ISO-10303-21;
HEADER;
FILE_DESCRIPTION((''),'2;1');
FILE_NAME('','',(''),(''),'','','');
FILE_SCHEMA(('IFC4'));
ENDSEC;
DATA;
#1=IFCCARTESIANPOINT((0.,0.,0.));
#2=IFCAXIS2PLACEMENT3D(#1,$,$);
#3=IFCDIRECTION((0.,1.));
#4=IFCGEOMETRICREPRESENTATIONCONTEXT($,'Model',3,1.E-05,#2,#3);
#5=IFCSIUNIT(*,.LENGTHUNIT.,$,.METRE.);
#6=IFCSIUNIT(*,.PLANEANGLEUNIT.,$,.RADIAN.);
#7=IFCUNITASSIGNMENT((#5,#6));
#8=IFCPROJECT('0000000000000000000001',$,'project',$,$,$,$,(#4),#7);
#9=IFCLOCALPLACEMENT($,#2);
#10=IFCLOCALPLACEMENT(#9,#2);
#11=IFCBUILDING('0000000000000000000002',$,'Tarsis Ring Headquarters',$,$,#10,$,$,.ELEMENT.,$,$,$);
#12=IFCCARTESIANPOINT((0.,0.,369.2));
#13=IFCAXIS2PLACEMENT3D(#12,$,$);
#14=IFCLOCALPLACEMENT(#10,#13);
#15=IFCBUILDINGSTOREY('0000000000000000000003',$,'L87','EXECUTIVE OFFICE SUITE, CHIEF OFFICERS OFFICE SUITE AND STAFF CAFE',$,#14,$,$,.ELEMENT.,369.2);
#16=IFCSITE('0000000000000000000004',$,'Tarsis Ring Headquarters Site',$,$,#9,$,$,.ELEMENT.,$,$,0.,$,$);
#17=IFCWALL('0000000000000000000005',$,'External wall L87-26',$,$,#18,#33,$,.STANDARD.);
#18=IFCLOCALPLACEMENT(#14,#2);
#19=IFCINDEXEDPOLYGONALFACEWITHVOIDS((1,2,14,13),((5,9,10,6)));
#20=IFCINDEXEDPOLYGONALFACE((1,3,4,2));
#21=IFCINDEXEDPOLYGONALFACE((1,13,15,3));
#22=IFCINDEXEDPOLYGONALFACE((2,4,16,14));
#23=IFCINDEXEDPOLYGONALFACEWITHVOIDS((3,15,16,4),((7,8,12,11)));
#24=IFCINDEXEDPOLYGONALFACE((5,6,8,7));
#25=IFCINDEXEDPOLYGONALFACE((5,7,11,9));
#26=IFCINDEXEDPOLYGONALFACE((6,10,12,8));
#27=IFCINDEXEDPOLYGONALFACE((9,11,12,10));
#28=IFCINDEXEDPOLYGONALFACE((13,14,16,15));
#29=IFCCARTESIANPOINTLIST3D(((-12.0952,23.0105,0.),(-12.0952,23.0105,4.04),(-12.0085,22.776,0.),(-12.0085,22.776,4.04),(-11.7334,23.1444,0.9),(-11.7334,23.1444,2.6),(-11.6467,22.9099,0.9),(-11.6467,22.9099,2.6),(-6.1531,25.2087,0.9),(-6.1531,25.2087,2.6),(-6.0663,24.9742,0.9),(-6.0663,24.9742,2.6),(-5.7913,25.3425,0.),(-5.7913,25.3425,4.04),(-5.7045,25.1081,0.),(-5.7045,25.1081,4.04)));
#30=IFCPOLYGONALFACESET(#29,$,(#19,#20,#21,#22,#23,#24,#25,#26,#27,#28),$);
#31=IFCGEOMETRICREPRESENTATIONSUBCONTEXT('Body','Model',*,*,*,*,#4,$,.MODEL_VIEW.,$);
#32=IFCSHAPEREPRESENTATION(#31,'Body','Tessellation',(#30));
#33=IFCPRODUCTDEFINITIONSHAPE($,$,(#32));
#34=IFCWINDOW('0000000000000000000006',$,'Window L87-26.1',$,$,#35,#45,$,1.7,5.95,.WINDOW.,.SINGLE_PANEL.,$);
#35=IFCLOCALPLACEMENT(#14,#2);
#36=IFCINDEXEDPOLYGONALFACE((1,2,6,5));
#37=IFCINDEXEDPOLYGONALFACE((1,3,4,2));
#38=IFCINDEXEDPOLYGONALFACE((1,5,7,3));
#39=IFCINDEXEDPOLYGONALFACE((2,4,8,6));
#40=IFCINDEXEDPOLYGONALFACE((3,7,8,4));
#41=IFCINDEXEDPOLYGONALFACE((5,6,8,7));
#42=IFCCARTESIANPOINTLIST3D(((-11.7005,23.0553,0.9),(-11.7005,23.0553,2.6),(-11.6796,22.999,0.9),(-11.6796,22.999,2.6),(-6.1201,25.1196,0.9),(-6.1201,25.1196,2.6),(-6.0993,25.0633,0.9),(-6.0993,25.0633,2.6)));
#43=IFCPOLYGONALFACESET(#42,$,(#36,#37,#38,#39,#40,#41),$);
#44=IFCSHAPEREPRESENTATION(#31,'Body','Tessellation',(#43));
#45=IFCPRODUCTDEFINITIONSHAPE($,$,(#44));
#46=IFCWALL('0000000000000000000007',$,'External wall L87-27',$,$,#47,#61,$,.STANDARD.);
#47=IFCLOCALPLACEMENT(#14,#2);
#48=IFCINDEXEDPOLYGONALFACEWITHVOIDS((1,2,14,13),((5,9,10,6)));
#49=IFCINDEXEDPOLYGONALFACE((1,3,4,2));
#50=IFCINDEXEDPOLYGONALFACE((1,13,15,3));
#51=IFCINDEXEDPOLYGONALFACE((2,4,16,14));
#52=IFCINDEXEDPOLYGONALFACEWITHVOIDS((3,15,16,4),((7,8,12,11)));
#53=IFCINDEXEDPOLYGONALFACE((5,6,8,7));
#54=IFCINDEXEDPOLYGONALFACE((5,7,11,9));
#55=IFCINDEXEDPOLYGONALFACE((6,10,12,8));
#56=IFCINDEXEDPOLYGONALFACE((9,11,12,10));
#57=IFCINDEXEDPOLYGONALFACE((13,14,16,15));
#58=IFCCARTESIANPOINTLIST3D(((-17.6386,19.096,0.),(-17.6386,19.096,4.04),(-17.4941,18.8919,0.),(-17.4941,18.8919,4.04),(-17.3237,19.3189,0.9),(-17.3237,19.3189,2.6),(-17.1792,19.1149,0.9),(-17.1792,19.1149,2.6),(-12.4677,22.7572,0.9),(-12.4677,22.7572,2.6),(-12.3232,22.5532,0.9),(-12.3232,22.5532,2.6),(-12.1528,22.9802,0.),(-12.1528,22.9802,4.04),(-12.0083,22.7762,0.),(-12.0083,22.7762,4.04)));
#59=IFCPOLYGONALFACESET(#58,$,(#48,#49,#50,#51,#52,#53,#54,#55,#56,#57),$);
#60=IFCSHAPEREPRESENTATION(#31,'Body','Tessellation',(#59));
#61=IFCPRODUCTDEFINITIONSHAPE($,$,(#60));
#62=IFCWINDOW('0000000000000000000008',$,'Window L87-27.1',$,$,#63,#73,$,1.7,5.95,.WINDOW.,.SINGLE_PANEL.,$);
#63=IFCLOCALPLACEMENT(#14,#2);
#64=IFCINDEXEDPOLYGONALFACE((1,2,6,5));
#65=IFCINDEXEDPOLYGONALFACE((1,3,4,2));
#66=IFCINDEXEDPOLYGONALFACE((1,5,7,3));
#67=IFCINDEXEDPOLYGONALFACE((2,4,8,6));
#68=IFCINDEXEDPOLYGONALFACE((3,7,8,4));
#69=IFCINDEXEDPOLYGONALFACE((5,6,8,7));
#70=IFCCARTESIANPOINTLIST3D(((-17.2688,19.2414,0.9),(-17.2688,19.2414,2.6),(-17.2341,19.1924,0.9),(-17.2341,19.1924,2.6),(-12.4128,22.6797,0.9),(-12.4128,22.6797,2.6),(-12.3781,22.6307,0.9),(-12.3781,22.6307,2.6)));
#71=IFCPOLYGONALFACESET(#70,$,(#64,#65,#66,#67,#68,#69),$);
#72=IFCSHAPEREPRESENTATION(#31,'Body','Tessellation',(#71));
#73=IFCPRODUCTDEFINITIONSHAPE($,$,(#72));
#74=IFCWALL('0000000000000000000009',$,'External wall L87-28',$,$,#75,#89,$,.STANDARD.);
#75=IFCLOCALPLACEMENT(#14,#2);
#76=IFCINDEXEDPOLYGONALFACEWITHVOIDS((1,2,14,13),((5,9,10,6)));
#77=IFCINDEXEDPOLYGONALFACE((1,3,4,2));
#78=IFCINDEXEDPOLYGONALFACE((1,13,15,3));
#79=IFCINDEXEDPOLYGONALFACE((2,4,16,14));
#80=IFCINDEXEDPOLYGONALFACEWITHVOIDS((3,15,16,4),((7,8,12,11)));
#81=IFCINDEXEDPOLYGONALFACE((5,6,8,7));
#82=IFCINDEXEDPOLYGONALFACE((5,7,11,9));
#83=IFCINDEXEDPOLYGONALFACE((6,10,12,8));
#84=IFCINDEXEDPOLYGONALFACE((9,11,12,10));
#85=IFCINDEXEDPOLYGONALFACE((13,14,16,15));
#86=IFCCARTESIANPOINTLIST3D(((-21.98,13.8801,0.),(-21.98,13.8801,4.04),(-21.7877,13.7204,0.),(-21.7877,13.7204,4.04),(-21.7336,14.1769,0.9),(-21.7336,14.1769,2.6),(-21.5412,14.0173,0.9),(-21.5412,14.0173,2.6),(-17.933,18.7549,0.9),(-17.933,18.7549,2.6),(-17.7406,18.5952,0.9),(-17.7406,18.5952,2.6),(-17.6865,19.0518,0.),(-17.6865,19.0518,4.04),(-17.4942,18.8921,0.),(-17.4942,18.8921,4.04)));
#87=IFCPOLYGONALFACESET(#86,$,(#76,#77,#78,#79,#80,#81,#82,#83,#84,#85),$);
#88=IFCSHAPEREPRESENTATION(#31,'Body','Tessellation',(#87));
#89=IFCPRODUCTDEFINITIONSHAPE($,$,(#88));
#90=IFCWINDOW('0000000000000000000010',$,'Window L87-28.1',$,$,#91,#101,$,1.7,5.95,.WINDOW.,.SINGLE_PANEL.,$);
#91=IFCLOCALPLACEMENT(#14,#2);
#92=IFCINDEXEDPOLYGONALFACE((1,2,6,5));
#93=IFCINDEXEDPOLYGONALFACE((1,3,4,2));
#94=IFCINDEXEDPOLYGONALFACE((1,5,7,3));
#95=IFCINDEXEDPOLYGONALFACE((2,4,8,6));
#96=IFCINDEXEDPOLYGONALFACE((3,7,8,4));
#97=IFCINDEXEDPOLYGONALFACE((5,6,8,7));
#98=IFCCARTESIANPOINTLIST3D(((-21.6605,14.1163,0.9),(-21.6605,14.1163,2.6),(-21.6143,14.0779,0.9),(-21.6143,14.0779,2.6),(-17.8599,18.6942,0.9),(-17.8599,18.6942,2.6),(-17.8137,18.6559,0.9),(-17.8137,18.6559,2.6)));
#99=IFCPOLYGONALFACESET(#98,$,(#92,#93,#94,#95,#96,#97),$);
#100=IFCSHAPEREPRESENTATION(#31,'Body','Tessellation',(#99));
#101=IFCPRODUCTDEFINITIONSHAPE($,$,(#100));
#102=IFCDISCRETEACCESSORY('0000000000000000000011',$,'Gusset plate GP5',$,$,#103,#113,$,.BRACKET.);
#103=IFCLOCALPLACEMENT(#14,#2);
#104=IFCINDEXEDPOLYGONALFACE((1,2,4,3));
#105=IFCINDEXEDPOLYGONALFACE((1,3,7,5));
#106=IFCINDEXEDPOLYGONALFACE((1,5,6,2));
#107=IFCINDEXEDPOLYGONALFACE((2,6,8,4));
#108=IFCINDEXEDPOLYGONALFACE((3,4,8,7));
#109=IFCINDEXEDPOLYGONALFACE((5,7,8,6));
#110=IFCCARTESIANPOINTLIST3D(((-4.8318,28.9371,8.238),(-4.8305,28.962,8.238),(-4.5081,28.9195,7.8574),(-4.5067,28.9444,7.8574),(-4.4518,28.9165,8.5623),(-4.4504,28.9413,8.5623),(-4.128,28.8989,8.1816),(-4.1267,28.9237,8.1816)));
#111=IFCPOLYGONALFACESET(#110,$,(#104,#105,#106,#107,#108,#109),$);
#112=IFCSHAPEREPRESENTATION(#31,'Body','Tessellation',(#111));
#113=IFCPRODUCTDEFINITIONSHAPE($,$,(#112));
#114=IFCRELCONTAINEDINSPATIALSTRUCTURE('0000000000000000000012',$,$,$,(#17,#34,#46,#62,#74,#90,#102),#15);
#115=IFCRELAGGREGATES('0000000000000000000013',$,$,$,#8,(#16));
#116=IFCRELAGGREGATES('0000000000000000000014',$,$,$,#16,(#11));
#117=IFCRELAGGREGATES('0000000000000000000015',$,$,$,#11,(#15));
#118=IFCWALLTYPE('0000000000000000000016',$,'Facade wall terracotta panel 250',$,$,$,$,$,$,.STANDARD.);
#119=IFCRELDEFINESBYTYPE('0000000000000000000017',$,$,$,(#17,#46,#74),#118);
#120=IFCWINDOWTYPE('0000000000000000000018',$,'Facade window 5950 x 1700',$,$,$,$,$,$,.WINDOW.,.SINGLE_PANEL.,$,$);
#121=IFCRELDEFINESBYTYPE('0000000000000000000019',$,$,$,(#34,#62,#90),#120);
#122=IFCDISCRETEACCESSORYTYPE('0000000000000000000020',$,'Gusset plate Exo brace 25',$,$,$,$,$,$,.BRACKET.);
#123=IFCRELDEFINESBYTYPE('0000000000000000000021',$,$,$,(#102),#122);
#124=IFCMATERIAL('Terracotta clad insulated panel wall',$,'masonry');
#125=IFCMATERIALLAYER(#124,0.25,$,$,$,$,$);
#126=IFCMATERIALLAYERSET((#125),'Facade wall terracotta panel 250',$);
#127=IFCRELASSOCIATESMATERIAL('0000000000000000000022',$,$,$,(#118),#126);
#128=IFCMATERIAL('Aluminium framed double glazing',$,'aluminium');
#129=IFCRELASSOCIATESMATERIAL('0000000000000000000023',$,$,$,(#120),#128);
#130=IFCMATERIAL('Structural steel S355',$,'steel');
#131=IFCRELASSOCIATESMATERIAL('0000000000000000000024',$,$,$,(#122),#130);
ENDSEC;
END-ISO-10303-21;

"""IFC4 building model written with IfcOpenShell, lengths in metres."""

from ifc_helpers import new_model, si_unit, direction, frame, frame_2d, origin, origin_2d, place, context, subcontext, project, spatial, rectangle, extrude, material, layer, layer_set, material_profile, profile_set, type_object, element, fill, save


model = new_model("IFC4")

# Units and contexts
model_context = context("Model", 3, precision=1e-05, world=origin(), true_north=direction((0.0, 1.0)))
body_context = subcontext(model_context, "Body", "Model", "MODEL_VIEW")
ifc_project = project(units=[si_unit("LENGTHUNIT", "METRE"), si_unit("PLANEANGLEUNIT", "RADIAN")], contexts=[model_context])

# Site, building, storey
site_placement = place(None, origin())
site = spatial("IfcSite", under=ifc_project, at=site_placement, Name="Tarsis Ring Headquarters Site", CompositionType="ELEMENT", RefElevation=0.0)
building_placement = place(site_placement, origin())
building = spatial("IfcBuilding", under=site, at=building_placement, Name="Tarsis Ring Headquarters", CompositionType="ELEMENT")
storey_placement = place(building_placement, frame((0.0, 0.0, 369.2)))
storey = spatial("IfcBuildingStorey", under=building, at=storey_placement, Name="L87", Description="EXECUTIVE OFFICE SUITE, CHIEF OFFICERS OFFICE SUITE AND STAFF CAFE", CompositionType="ELEMENT", Elevation=369.2)

# Shared definitions
ifc_material_1 = material(Name="Structural steel S355", Category="steel")

# Walls, openings, windows
ifc_material_2 = material(Name="Terracotta clad insulated panel wall", Category="masonry")
ifc_layer_1 = layer(ifc_material_2, 0.25)
ifc_layer_set_1 = layer_set([ifc_layer_1], Name="Facade wall terracotta panel 250")
wall_type_1 = type_object("IfcWallType", Name="Facade wall terracotta panel 250", PredefinedType="STANDARD", material=ifc_layer_set_1)
wall_1_placement = place(storey_placement, frame((-5.7478, 25.2253, 0.0), z_axis=(0.0, 0.0, 1.0), x_axis=(-0.937883, -0.346952, 0.0)))
wall_1 = element("IfcWall", 1, at=wall_1_placement, inside=storey, type_object=wall_type_1, Name="External wall L87-26", PredefinedType="STANDARD", context=body_context, shape_type="SweptSolid", body=[
    extrude(rectangle(XDim=6.7214, YDim=0.25, at=frame_2d((3.3608, 0.0))), origin(), (0.0, 0.0, 1.0), 4.04),
])
opening_1_placement = place(wall_1_placement, frame((0.3857, 0.0, 0.8999)))
opening_1 = element("IfcOpeningElement", 2, at=opening_1_placement, cuts=wall_1, PredefinedType="OPENING", context=body_context, shape_type="SweptSolid", body=[
    extrude(rectangle(XDim=5.95, YDim=1.7, at=frame_2d((2.9751, 0.8501))), frame((0.0, 0.135, 0.0), z_axis=(0.0, -1.0, 0.0), x_axis=(1.0, 0.0, 0.0)), (0.0, 0.0, 1.0), 0.27),
])
ifc_material_3 = material(Name="Aluminium framed double glazing", Category="aluminium")
window_type = type_object("IfcWindowType", Name="Facade window 5950 x 1700", PartitioningType="SINGLE_PANEL", PredefinedType="WINDOW", material=ifc_material_3)
window_1_placement = place(opening_1_placement, origin())
window_1 = element("IfcWindow", 3, at=window_1_placement, inside=storey, type_object=window_type, Name="Window L87-26.1", OverallHeight=1.7, OverallWidth=5.95, PartitioningType="SINGLE_PANEL", PredefinedType="WINDOW", context=body_context, shape_type="SweptSolid", body=[
    extrude(rectangle(XDim=5.95, YDim=1.7, at=frame_2d((2.9751, 0.8501))), frame((0.0, 0.03, 0.0), z_axis=(0.0, -1.0, 0.0), x_axis=(1.0, 0.0, 0.0)), (0.0, 0.0, 1.0), 0.0601),
])
fill(opening_1, window_1)
wall_2_placement = place(storey_placement, frame((-12.0806, 22.8782, 0.0), z_axis=(0.0, 0.0, 1.0), x_axis=(-0.816132, -0.577866, 0.0)))
wall_2 = element("IfcWall", 4, at=wall_2_placement, inside=storey, type_object=wall_type_1, Name="External wall L87-27", PredefinedType="STANDARD", context=body_context, shape_type="SweptSolid", body=[
    extrude(rectangle(XDim=6.7217, YDim=0.25, at=frame_2d((3.3608, 0.0))), origin(), (0.0, 0.0, 1.0), 4.04),
])
opening_2_placement = place(wall_2_placement, frame((0.3857, 0.0, 0.8999)))
opening_2 = element("IfcOpeningElement", 5, at=opening_2_placement, cuts=wall_2, PredefinedType="OPENING", context=body_context, shape_type="SweptSolid", body=[
    extrude(rectangle(XDim=5.95, YDim=1.7, at=frame_2d((2.9751, 0.8501))), frame((0.0, 0.135, 0.0), z_axis=(0.0, -1.0, 0.0), x_axis=(1.0, 0.0, 0.0)), (0.0, 0.0, 1.0), 0.27),
])
window_2_placement = place(opening_2_placement, origin())
window_2 = element("IfcWindow", 6, at=window_2_placement, inside=storey, type_object=window_type, Name="Window L87-27.1", OverallHeight=1.7, OverallWidth=5.95, PartitioningType="SINGLE_PANEL", PredefinedType="WINDOW", context=body_context, shape_type="SweptSolid", body=[
    extrude(rectangle(XDim=5.95, YDim=1.7, at=frame_2d((2.9751, 0.8501))), frame((0.0, 0.03, 0.0), z_axis=(0.0, -1.0, 0.0), x_axis=(1.0, 0.0, 0.0)), (0.0, 0.0, 1.0), 0.0601),
])
fill(opening_2, window_2)
wall_3_placement = place(storey_placement, frame((-17.5903, 18.9719, 0.0), z_axis=(0.0, 0.0, 1.0), x_axis=(-0.638758, -0.769408, 0.0)))
wall_3 = element("IfcWall", 7, at=wall_3_placement, inside=storey, type_object=wall_type_1, Name="External wall L87-28", PredefinedType="STANDARD", context=body_context, shape_type="SweptSolid", body=[
    extrude(rectangle(XDim=6.7217, YDim=0.25, at=frame_2d((3.3608, 0.0))), origin(), (0.0, 0.0, 1.0), 4.04),
])
opening_3_placement = place(wall_3_placement, frame((0.3857, 0.0, 0.8999)))
opening_3 = element("IfcOpeningElement", 8, at=opening_3_placement, cuts=wall_3, PredefinedType="OPENING", context=body_context, shape_type="SweptSolid", body=[
    extrude(rectangle(XDim=5.95, YDim=1.7, at=frame_2d((2.9751, 0.8501))), frame((0.0, 0.135, 0.0), z_axis=(0.0, -1.0, 0.0), x_axis=(1.0, 0.0, 0.0)), (0.0, 0.0, 1.0), 0.27),
])
window_3_placement = place(opening_3_placement, origin())
window_3 = element("IfcWindow", 9, at=window_3_placement, inside=storey, type_object=window_type, Name="Window L87-28.1", OverallHeight=1.7, OverallWidth=5.95, PartitioningType="SINGLE_PANEL", PredefinedType="WINDOW", context=body_context, shape_type="SweptSolid", body=[
    extrude(rectangle(XDim=5.95, YDim=1.7, at=frame_2d((2.9751, 0.8501))), frame((0.0, 0.03, 0.0), z_axis=(0.0, -1.0, 0.0), x_axis=(1.0, 0.0, 0.0)), (0.0, 0.0, 1.0), 0.0601),
])
fill(opening_3, window_3)

# Discrete accessory
ifc_material_profile_1 = material_profile(ifc_material_1, rectangle(XDim=0.0249, YDim=0.5, at=origin_2d()), Name="PL 25x500")
ifc_profile_set_1 = profile_set([ifc_material_profile_1], Name="Structural steel S355")
discrete_accessory_type = type_object("IfcDiscreteAccessoryType", Name="Gusset plate Exo brace 25", PredefinedType="BRACKET", material=ifc_profile_set_1)
discrete_accessory_placement = place(storey_placement, frame((-4.6411, 28.9392, 8.4001), z_axis=(0.647489, -0.035158, -0.761263), x_axis=(0.054219, 0.998529, 0.0)))
element("IfcDiscreteAccessory", 10, at=discrete_accessory_placement, inside=storey, type_object=discrete_accessory_type, Name="Gusset plate GP5", PredefinedType="BRACKET", context=body_context, shape_type="SweptSolid", body=[
    extrude(rectangle(XDim=0.0249, YDim=0.5, at=origin_2d()), origin(), (0.0, 0.0, 1.0), 0.5),
])

save(model, "model.ifc")
